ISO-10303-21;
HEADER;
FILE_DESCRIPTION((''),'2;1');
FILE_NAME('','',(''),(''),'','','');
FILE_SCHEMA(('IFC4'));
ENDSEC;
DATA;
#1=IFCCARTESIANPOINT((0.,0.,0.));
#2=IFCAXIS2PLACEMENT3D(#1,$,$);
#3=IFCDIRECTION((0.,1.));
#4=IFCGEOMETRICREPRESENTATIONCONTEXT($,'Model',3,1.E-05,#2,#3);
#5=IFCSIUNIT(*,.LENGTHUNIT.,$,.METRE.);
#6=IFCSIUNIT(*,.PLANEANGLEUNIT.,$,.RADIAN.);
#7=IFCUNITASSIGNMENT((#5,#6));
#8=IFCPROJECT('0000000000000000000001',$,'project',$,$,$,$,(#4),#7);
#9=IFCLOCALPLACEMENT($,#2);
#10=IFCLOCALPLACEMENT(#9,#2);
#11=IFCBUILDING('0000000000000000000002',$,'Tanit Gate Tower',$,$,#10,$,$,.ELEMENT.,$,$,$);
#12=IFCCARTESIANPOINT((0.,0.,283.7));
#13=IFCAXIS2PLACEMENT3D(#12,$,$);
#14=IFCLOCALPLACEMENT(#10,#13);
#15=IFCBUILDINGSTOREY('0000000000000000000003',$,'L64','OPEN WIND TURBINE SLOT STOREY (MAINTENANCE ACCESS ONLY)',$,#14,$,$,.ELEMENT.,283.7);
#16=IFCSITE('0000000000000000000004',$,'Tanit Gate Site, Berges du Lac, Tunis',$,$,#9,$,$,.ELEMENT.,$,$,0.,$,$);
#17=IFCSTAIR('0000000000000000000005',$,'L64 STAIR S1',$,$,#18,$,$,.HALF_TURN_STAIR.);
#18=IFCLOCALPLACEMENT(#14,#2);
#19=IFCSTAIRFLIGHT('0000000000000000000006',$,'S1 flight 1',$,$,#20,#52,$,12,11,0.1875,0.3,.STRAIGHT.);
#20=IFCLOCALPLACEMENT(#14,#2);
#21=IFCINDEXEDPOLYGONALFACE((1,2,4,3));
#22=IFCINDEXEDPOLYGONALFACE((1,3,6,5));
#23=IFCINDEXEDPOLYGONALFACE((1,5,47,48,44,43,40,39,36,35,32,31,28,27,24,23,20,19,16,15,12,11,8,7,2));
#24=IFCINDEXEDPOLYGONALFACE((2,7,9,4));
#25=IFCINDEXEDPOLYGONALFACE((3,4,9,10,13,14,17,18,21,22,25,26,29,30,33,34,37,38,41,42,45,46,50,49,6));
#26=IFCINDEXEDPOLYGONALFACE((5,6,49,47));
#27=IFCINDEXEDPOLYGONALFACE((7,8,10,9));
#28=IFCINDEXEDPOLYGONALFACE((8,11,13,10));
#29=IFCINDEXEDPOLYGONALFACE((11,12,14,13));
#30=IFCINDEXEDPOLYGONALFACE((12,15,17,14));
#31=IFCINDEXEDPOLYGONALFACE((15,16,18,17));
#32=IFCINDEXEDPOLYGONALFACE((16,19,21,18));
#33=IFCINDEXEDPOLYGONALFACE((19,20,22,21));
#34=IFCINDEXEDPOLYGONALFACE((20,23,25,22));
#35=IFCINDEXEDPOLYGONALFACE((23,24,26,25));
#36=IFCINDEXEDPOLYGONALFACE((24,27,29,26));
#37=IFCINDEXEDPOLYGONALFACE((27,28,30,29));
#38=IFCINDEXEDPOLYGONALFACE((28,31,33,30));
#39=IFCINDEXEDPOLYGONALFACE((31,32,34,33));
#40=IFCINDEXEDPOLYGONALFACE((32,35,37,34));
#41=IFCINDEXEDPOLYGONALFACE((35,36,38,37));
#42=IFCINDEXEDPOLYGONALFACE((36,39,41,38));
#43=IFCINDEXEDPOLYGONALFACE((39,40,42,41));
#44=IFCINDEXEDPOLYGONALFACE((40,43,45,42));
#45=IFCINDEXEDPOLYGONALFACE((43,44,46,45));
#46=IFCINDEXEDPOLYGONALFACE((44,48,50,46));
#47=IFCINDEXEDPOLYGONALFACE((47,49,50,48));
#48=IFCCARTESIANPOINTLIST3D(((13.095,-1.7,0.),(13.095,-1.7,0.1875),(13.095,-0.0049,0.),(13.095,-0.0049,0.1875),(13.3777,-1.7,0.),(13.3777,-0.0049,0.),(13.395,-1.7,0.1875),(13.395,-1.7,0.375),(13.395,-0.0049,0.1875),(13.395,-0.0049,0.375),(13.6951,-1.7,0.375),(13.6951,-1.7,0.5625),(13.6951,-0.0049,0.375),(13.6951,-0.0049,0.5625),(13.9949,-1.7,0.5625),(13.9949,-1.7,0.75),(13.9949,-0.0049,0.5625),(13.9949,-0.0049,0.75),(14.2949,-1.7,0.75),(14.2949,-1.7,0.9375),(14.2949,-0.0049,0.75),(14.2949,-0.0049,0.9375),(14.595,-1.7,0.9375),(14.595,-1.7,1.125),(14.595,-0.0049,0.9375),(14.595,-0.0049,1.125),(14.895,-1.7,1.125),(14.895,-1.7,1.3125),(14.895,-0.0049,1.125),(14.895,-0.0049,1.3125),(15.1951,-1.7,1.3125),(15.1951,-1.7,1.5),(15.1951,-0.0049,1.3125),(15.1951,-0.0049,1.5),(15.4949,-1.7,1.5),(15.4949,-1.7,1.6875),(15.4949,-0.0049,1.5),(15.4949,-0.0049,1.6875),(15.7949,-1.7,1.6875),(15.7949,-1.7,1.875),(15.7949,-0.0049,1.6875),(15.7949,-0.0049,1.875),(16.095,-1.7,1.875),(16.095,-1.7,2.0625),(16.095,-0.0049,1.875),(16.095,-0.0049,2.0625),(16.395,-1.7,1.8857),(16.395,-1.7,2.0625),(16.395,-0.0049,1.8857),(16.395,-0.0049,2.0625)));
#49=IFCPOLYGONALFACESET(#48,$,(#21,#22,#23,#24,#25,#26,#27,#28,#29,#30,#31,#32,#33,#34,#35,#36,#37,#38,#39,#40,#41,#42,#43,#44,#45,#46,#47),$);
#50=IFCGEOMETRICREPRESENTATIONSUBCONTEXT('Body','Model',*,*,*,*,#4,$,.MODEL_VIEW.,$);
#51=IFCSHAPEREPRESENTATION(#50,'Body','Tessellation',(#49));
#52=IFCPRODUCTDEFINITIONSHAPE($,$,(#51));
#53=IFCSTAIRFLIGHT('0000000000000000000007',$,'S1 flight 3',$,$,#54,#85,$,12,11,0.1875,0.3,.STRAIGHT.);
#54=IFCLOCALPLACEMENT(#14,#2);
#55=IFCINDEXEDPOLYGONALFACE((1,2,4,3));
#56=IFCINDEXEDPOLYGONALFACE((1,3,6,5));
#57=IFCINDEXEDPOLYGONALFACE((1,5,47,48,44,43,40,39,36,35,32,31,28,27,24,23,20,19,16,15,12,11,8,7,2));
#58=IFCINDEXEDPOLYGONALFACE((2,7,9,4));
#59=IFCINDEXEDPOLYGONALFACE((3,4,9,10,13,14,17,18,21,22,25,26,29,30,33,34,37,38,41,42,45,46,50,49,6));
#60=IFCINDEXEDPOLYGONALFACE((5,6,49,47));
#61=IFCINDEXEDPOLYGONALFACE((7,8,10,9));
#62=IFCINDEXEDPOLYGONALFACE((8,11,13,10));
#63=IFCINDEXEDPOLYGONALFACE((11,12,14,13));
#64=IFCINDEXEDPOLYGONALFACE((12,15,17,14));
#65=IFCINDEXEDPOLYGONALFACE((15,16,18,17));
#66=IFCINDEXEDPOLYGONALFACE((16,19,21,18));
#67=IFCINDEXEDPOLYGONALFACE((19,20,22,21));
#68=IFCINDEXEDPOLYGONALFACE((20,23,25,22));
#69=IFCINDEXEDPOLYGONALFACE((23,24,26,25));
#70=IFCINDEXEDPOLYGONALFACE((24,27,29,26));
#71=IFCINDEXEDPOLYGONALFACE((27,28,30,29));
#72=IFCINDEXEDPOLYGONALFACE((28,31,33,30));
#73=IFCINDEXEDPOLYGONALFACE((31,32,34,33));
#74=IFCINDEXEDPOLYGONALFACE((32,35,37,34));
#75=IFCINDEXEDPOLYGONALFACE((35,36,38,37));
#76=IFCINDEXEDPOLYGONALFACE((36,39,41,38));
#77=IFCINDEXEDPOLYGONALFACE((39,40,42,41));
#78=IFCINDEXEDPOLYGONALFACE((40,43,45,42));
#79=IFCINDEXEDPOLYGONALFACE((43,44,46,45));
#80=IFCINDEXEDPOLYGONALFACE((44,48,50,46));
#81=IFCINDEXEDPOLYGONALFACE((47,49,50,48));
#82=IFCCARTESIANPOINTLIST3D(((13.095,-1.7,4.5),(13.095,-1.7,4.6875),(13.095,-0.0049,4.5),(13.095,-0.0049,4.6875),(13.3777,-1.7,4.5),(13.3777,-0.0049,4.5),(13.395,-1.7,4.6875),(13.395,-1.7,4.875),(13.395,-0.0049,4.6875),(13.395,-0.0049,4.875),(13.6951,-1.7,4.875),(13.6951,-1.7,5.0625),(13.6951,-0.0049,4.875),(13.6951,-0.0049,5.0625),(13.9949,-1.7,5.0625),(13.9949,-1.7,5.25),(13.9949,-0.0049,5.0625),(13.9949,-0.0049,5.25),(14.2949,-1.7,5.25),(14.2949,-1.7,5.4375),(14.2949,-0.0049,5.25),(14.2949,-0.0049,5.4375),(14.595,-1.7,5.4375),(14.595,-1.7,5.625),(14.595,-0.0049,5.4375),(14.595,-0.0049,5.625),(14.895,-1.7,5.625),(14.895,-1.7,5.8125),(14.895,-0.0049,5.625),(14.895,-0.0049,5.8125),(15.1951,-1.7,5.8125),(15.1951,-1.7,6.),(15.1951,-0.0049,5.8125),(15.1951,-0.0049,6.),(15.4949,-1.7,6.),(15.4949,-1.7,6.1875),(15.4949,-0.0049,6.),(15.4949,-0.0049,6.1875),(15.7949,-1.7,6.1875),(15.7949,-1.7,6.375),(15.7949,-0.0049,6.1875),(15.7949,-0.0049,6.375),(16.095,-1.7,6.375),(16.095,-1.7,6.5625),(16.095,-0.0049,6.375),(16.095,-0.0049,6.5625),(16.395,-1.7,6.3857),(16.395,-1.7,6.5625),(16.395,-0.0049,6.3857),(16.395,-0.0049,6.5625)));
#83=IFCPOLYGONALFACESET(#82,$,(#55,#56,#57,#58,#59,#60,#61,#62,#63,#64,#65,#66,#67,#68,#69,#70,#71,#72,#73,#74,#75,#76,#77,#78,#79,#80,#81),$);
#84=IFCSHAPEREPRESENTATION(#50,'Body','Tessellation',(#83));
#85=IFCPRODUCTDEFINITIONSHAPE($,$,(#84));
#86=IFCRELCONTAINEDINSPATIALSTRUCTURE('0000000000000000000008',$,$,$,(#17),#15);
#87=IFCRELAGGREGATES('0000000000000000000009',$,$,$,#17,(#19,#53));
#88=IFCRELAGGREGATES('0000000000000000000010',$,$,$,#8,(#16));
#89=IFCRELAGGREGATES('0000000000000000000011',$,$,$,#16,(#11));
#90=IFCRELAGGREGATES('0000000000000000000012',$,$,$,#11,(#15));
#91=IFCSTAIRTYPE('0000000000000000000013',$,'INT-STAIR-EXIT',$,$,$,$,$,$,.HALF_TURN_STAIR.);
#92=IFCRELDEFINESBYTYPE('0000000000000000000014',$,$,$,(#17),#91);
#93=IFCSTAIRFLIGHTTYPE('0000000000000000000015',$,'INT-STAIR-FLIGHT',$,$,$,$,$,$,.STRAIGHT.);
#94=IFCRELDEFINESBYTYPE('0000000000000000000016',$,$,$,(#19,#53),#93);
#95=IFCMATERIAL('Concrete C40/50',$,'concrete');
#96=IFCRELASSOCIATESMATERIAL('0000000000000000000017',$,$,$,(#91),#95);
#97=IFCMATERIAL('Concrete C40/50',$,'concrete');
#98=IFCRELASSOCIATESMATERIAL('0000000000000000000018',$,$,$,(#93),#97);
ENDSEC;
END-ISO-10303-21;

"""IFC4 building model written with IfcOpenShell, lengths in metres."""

from ifc_helpers import new_model, si_unit, direction, frame, origin, place, context, subcontext, project, spatial, polyline, outline, extrude, material, type_object, element, aggregate, save


model = new_model("IFC4")

# Units and contexts
model_context = context("Model", 3, precision=1e-05, world=origin(), true_north=direction((0.0, 1.0)))
body_context = subcontext(model_context, "Body", "Model", "MODEL_VIEW")
ifc_project = project(units=[si_unit("LENGTHUNIT", "METRE"), si_unit("PLANEANGLEUNIT", "RADIAN")], contexts=[model_context])

# Site, building, storey
site_placement = place(None, origin())
site = spatial("IfcSite", under=ifc_project, at=site_placement, Name="Tanit Gate Site, Berges du Lac, Tunis", CompositionType="ELEMENT", RefElevation=0.0)
building_placement = place(site_placement, origin())
building = spatial("IfcBuilding", under=site, at=building_placement, Name="Tanit Gate Tower", CompositionType="ELEMENT")
storey_placement = place(building_placement, frame((0.0, 0.0, 283.7)))
storey = spatial("IfcBuildingStorey", under=building, at=storey_placement, Name="L64", Description="OPEN WIND TURBINE SLOT STOREY (MAINTENANCE ACCESS ONLY)", CompositionType="ELEMENT", Elevation=283.7)

# Stair, stair flights
ifc_material_1 = material(Name="Concrete C40/50", Category="concrete")
stair_type = type_object("IfcStairType", Name="INT-STAIR-EXIT", PredefinedType="HALF_TURN_STAIR", material=ifc_material_1)
stair_placement = place(storey_placement, origin())
stair = element("IfcStair", 1, at=stair_placement, inside=storey, type_object=stair_type, Name="L64 STAIR S1", PredefinedType="HALF_TURN_STAIR")
ifc_material_2 = material(Name="Concrete C40/50", Category="concrete")
stair_flight_type = type_object("IfcStairFlightType", Name="INT-STAIR-FLIGHT", PredefinedType="STRAIGHT", material=ifc_material_2)
stair_flight_1_placement = place(storey_placement, frame((13.095, -0.8525, 0.0), z_axis=(0.0, 0.0, 1.0), x_axis=(1.0, 0.0, 0.0)))
stair_flight_1 = element("IfcStairFlight", 2, at=stair_flight_1_placement, type_object=stair_flight_type, Name="S1 flight 1", NumberOfRisers=12, NumberOfTreads=11, PredefinedType="STRAIGHT", RiserHeight=0.1875, TreadLength=0.3, context=body_context, shape_type="SweptSolid", body=[
    extrude(outline(polyline([(0.0, 0.0), (0.0, 0.1875), (0.3, 0.1875), (0.3, 0.375), (0.6001, 0.375), (0.6001, 0.5625), (0.8999, 0.5625), (0.8999, 0.75), (1.2, 0.75), (1.2, 0.9375), (1.5, 0.9375), (1.5, 1.125), (1.8, 1.125), (1.8, 1.3125), (2.1001, 1.3125), (2.1001, 1.5), (2.3999, 1.5), (2.3999, 1.6875), (2.7, 1.6875), (2.7, 1.875), (3.0, 1.875), (3.0, 2.0625), (3.3, 2.0625), (3.3, 2.25), (3.3, 1.8857), (0.2827, 0.0), (0.0, 0.0)])), frame((0.0, 0.8477, 0.0), z_axis=(0.0, -1.0, 0.0), x_axis=(1.0, 0.0, 0.0)), (0.0, 0.0, 1.0), 1.6951),
])
stair_flight_2_placement = place(storey_placement, frame((13.095, -0.8525, 4.5), z_axis=(0.0, 0.0, 1.0), x_axis=(1.0, 0.0, 0.0)))
stair_flight_2 = element("IfcStairFlight", 3, at=stair_flight_2_placement, type_object=stair_flight_type, Name="S1 flight 3", NumberOfRisers=12, NumberOfTreads=11, PredefinedType="STRAIGHT", RiserHeight=0.1875, TreadLength=0.3, context=body_context, shape_type="SweptSolid", body=[
    extrude(outline(polyline([(0.0, 0.0), (0.0, 0.1875), (0.3, 0.1875), (0.3, 0.375), (0.6001, 0.375), (0.6001, 0.5625), (0.8999, 0.5625), (0.8999, 0.75), (1.2, 0.75), (1.2, 0.9375), (1.5, 0.9375), (1.5, 1.125), (1.8, 1.125), (1.8, 1.3125), (2.1001, 1.3125), (2.1001, 1.5), (2.3999, 1.5), (2.3999, 1.6875), (2.7, 1.6875), (2.7, 1.875), (3.0, 1.875), (3.0, 2.0625), (3.3, 2.0625), (3.3, 2.25), (3.3, 1.8857), (0.2827, 0.0), (0.0, 0.0)])), frame((0.0, 0.8477, 0.0), z_axis=(0.0, -1.0, 0.0), x_axis=(1.0, 0.0, 0.0)), (0.0, 0.0, 1.0), 1.6951),
])
aggregate(stair, [stair_flight_1, stair_flight_2])

save(model, "model.ifc")
